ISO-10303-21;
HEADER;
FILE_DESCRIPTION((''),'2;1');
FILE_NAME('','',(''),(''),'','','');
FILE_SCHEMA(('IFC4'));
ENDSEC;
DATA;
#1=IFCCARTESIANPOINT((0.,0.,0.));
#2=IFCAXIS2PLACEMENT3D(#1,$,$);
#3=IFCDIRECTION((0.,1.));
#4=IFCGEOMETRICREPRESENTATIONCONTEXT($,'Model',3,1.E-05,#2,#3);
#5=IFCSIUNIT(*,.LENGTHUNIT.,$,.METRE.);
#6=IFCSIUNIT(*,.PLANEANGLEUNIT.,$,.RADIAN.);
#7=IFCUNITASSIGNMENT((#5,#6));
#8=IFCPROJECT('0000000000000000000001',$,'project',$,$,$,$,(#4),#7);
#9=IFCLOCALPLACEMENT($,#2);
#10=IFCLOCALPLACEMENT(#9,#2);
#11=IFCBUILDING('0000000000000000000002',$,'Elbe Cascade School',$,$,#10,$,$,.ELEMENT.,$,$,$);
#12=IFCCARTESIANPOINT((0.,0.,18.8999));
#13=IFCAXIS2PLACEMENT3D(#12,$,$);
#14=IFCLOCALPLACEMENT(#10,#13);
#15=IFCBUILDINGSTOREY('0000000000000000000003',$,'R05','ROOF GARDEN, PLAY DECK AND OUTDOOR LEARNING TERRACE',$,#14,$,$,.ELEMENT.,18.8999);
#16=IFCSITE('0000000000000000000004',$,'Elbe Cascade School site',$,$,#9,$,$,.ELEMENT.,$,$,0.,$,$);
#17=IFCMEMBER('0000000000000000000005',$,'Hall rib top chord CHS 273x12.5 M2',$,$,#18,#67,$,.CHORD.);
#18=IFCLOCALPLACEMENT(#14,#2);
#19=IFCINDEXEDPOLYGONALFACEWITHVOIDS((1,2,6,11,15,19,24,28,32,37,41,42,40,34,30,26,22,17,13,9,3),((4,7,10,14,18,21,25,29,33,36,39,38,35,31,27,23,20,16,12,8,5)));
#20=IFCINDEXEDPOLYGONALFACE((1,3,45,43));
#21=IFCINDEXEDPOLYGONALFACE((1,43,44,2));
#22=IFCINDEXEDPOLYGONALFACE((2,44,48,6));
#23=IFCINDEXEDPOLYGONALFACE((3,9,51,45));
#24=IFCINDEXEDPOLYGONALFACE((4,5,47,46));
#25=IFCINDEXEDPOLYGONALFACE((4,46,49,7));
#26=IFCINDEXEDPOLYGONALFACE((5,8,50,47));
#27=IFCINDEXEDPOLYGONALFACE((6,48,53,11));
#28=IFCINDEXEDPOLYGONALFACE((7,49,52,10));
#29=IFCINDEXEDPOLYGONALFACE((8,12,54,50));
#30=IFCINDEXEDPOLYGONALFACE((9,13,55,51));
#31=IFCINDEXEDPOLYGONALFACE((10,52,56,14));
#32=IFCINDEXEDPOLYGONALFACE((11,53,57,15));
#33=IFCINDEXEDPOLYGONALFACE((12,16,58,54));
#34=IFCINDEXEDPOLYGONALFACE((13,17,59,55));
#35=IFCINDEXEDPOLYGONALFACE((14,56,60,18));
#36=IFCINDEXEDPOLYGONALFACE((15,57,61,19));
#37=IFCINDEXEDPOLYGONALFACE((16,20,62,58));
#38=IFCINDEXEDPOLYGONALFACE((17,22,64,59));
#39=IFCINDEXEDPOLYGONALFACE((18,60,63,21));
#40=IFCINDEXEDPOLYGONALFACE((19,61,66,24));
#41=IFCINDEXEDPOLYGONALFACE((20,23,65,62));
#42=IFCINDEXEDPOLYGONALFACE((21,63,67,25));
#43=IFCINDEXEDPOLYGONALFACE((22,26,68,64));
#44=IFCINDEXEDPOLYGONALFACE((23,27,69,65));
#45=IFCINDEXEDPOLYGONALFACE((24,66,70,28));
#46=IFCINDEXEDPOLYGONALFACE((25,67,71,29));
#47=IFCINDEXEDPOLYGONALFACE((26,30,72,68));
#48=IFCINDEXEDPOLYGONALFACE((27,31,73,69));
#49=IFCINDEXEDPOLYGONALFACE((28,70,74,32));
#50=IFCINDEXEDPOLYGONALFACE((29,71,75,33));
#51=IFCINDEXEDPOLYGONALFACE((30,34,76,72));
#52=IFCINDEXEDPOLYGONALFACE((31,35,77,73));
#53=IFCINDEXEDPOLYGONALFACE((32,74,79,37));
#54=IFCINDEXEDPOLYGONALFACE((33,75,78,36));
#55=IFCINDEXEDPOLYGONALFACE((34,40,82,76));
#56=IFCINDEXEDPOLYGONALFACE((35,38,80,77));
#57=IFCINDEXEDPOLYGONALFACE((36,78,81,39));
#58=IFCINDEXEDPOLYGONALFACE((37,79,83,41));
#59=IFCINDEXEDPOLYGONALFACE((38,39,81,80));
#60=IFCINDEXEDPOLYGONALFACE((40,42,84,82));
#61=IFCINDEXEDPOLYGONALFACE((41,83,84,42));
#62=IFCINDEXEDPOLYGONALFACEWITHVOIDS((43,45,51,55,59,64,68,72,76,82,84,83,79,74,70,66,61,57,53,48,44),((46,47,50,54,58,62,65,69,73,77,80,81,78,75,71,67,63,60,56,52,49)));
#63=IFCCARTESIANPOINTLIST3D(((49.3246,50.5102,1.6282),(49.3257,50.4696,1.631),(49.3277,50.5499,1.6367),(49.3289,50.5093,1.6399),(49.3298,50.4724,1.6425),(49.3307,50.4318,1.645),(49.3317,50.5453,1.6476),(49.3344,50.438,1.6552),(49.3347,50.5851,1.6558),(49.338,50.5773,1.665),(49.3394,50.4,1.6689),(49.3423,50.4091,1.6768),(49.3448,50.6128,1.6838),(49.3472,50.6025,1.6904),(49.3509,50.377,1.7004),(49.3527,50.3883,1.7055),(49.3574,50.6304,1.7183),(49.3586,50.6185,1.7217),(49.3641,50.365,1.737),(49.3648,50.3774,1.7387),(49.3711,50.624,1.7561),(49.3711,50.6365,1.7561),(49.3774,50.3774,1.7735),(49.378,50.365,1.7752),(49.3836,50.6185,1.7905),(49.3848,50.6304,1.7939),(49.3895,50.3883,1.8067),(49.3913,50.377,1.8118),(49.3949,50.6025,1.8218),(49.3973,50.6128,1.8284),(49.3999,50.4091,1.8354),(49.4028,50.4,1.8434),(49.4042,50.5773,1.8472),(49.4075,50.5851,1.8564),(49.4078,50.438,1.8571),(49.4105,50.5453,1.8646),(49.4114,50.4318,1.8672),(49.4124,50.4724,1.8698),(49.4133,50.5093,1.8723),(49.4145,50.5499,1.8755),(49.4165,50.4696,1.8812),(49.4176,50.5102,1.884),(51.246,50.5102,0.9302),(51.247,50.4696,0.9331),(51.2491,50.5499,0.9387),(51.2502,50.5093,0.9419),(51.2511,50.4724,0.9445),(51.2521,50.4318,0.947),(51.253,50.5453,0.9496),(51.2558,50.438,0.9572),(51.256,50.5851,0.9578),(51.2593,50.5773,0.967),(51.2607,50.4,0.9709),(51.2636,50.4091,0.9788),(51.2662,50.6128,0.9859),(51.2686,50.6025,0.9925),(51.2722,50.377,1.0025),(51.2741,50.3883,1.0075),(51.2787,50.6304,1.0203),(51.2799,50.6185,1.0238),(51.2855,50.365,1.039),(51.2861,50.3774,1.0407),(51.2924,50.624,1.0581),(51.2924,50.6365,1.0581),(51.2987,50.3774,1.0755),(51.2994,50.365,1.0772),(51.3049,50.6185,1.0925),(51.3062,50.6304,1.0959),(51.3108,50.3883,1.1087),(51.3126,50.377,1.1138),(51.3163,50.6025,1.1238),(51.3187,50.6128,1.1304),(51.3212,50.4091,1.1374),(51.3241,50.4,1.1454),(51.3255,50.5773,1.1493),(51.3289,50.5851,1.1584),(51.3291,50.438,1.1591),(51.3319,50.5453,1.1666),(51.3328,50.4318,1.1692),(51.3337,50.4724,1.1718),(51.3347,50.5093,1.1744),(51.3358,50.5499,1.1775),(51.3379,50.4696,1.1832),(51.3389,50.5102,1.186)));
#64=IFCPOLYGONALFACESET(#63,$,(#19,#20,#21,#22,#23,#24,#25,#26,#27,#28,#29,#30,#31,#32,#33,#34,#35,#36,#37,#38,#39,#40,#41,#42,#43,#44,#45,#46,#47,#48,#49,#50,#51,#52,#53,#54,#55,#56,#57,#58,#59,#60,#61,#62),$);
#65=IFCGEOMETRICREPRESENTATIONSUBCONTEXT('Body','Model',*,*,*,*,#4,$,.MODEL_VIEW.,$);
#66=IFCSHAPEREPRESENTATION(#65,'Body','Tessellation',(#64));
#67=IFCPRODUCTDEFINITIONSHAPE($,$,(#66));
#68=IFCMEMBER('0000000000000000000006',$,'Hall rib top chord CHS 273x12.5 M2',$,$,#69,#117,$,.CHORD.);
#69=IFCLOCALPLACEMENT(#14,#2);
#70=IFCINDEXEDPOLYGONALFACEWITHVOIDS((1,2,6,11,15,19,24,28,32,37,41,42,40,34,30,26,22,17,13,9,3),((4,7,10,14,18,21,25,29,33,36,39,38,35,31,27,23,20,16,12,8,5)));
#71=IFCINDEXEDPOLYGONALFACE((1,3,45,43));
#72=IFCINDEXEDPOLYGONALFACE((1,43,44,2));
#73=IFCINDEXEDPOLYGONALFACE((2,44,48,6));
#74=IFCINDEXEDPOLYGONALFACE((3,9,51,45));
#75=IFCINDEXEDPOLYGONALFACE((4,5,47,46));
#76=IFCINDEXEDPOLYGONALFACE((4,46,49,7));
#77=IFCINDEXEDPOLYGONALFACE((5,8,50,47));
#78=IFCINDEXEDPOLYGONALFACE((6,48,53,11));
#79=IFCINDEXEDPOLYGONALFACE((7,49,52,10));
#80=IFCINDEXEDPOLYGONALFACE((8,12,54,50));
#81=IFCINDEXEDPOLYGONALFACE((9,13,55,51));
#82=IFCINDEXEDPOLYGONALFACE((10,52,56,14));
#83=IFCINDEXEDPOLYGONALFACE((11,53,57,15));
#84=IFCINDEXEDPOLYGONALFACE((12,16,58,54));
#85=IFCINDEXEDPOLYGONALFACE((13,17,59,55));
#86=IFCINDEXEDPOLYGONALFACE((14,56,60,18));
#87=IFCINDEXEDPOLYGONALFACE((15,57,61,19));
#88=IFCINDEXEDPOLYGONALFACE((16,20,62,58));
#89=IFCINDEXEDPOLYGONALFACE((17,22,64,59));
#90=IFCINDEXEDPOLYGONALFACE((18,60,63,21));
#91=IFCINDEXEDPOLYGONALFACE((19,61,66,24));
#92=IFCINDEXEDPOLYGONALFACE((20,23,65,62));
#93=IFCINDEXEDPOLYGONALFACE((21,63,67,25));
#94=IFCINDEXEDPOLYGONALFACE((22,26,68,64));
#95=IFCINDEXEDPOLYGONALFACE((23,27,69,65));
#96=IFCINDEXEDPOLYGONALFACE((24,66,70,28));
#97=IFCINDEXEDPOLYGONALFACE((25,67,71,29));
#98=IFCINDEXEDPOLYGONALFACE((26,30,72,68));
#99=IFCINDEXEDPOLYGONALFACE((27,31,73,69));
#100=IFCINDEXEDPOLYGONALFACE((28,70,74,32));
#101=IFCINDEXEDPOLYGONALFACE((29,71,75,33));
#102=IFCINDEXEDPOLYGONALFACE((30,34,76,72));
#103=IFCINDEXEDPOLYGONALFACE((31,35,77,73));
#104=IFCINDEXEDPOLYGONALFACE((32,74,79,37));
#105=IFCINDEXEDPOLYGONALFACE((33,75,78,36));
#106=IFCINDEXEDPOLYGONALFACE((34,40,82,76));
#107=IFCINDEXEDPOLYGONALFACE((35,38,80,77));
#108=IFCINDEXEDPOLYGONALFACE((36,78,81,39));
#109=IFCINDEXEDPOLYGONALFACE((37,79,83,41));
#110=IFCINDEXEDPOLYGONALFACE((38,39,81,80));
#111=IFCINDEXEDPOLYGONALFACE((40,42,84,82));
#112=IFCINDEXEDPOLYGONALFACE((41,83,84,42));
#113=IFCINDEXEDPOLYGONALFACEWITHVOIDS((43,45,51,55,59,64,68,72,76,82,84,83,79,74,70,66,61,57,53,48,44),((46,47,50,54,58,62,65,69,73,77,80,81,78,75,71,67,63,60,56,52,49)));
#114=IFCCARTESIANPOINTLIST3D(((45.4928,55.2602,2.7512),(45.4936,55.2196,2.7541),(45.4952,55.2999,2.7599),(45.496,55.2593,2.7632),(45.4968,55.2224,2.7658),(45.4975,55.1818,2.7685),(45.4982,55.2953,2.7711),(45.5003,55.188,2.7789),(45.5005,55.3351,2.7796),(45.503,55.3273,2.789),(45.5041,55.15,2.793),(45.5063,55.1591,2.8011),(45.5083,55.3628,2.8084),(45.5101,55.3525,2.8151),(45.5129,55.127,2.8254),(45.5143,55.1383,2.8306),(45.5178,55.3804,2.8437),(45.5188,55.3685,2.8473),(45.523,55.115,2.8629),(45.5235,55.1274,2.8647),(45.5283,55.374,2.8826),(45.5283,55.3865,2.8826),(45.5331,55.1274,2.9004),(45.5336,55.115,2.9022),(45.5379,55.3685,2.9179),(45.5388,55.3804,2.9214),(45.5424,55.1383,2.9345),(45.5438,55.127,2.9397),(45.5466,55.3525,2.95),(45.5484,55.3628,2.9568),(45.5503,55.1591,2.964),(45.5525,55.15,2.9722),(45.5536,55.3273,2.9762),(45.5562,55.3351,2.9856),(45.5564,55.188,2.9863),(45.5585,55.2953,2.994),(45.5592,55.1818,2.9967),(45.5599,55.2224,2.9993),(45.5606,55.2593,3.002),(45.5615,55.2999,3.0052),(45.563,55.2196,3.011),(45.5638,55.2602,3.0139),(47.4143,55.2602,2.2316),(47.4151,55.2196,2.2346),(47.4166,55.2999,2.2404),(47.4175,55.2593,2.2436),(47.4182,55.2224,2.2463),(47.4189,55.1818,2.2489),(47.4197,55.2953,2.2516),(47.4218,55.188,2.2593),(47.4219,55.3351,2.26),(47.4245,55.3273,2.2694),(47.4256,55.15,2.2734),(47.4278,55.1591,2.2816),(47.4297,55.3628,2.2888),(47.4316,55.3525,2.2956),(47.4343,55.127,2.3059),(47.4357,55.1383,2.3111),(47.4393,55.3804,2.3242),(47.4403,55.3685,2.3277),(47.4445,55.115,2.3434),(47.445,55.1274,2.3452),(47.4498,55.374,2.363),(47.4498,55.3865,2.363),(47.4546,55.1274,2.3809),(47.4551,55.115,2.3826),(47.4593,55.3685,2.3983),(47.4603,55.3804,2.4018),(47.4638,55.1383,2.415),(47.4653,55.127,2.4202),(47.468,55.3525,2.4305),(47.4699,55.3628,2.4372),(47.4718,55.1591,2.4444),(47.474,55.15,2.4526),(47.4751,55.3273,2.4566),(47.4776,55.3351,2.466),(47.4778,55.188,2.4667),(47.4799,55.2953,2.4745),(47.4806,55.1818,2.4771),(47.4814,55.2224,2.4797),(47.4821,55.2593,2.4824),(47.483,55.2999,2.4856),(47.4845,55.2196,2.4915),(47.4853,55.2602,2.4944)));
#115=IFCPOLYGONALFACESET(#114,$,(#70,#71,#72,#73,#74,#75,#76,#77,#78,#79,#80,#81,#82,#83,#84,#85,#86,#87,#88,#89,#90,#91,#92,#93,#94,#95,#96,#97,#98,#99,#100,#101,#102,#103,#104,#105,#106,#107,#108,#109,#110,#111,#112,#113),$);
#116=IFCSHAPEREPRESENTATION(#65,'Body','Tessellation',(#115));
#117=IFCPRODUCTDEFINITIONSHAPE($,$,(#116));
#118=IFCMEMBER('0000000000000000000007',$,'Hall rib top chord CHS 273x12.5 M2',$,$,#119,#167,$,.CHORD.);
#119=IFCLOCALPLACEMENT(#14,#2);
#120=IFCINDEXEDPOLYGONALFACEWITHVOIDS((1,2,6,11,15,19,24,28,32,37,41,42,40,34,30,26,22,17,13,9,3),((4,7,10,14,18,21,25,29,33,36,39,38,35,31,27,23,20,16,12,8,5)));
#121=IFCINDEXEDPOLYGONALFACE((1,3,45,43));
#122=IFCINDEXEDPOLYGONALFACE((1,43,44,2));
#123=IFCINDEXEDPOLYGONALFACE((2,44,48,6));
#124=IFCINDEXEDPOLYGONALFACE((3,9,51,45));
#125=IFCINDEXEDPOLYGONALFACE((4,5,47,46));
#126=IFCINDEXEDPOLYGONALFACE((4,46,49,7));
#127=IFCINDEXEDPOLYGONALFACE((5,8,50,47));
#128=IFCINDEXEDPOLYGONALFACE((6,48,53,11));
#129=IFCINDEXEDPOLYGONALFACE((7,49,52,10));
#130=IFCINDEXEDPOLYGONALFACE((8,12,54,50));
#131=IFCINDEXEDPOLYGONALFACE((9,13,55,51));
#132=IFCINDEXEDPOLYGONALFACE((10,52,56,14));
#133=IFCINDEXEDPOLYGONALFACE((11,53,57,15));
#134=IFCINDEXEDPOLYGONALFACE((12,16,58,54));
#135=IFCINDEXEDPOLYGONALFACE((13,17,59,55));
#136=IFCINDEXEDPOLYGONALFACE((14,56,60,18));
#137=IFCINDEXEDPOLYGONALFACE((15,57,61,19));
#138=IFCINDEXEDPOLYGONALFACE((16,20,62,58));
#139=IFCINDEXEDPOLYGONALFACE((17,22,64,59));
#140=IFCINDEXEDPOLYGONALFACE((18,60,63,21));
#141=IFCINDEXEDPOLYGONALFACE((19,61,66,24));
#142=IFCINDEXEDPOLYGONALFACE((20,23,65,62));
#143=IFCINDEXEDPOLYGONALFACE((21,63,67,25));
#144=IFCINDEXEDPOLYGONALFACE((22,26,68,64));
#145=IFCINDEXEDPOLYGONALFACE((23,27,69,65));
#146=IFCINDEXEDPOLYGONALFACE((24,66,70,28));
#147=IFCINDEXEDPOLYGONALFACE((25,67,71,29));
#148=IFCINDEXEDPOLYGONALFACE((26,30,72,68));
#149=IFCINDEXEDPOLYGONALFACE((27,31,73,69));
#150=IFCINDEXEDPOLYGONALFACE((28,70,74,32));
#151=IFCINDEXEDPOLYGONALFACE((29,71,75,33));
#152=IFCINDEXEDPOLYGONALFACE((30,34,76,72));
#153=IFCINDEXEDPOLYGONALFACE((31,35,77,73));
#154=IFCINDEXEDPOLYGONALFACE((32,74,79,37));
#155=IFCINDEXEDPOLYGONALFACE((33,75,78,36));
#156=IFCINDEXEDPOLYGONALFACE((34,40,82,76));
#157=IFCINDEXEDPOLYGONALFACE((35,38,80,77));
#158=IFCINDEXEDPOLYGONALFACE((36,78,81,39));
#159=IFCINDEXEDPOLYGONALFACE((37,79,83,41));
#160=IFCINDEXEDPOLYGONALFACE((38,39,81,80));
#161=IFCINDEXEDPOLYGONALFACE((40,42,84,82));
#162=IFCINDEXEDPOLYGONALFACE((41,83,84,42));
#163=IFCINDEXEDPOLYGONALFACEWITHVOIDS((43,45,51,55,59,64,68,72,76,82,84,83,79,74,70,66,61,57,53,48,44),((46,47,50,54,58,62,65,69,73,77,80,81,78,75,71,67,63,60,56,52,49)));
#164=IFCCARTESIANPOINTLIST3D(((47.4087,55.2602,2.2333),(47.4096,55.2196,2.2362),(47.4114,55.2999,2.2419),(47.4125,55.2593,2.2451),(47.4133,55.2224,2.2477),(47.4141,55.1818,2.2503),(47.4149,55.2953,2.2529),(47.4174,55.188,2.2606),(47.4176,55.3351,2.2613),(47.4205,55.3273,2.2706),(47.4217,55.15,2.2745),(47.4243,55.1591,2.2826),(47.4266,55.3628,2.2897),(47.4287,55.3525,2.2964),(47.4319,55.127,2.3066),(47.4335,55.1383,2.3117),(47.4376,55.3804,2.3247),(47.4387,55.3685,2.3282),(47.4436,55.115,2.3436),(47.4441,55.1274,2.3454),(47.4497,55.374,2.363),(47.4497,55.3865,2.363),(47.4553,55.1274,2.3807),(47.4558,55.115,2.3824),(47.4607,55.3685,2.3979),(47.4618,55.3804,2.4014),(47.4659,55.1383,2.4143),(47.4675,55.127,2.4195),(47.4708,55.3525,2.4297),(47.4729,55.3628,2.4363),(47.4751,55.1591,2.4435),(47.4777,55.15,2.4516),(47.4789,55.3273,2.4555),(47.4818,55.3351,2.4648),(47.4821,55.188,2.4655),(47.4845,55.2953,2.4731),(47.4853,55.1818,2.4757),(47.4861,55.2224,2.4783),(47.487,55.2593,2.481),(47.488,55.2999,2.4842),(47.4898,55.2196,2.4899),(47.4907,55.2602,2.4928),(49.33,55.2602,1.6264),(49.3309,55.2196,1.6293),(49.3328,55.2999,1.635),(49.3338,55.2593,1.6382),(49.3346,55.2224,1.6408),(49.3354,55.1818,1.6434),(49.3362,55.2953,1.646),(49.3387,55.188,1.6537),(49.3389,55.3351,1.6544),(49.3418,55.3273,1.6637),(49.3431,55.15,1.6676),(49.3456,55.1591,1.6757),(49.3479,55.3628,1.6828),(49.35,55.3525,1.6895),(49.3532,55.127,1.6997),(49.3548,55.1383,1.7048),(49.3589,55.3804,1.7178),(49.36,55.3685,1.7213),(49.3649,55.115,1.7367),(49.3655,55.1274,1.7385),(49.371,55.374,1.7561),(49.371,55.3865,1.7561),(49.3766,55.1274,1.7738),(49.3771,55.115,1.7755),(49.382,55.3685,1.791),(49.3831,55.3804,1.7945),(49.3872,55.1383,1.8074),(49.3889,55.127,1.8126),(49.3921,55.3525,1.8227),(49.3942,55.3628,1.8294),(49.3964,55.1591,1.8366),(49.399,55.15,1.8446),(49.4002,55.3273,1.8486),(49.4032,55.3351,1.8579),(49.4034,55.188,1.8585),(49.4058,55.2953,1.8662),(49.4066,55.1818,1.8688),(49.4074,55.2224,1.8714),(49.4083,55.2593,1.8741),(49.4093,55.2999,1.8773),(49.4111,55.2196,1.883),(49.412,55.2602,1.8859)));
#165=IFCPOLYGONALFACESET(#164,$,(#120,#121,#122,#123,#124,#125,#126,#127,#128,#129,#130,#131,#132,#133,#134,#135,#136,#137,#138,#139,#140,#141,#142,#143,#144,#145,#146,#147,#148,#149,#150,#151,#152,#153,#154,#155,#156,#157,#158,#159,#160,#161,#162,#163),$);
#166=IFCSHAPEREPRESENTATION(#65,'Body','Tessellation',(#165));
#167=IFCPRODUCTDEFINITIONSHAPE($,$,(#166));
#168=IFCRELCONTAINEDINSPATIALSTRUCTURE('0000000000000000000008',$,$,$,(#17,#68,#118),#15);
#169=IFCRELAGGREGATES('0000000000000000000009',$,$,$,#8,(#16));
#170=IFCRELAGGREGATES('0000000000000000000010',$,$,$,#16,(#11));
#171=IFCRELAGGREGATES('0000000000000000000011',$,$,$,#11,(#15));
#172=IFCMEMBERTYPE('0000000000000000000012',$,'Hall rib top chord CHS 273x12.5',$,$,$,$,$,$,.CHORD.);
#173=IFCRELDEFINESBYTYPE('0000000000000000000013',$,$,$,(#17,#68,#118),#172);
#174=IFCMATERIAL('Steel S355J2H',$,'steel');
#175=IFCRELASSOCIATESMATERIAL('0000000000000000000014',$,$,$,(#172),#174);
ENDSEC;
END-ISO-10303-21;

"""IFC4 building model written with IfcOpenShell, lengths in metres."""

from ifc_helpers import new_model, si_unit, direction, frame, origin, origin_2d, place, context, subcontext, project, spatial, hollow_circle, extrude, material, material_profile, profile_set, type_object, element, save


model = new_model("IFC4")

# Units and contexts
model_context = context("Model", 3, precision=1e-05, world=origin(), true_north=direction((0.0, 1.0)))
body_context = subcontext(model_context, "Body", "Model", "MODEL_VIEW")
ifc_project = project(units=[si_unit("LENGTHUNIT", "METRE"), si_unit("PLANEANGLEUNIT", "RADIAN")], contexts=[model_context])

# Site, building, storey
site_placement = place(None, origin())
site = spatial("IfcSite", under=ifc_project, at=site_placement, Name="Elbe Cascade School site", CompositionType="ELEMENT", RefElevation=0.0)
building_placement = place(site_placement, origin())
building = spatial("IfcBuilding", under=site, at=building_placement, Name="Elbe Cascade School", CompositionType="ELEMENT")
storey_placement = place(building_placement, frame((0.0, 0.0, 18.8999)))
storey = spatial("IfcBuildingStorey", under=building, at=storey_placement, Name="R05", Description="ROOF GARDEN, PLAY DECK AND OUTDOOR LEARNING TERRACE", CompositionType="ELEMENT", Elevation=18.8999)

# Members
ifc_material_1 = material(Name="Steel S355J2H", Category="steel")
ifc_material_profile_1 = material_profile(ifc_material_1, hollow_circle(Radius=0.1365, WallThickness=0.0125, at=origin_2d()), Name="CHS 273x12.5")
ifc_profile_set_1 = profile_set([ifc_material_profile_1], Name="Steel S355J2H")
member_type_1 = type_object("IfcMemberType", Name="Hall rib top chord CHS 273x12.5", PredefinedType="CHORD", material=ifc_profile_set_1)
member_1_placement = place(storey_placement, frame((49.3711, 50.5, 1.7561), z_axis=(0.939901, 0.0, -0.341446), x_axis=(0.0, 1.0, 0.0)))
element("IfcMember", 1, at=member_1_placement, inside=storey, type_object=member_type_1, Name="Hall rib top chord CHS 273x12.5 M2", PredefinedType="CHORD", context=body_context, shape_type="SweptSolid", body=[
    extrude(hollow_circle(Radius=0.1365, WallThickness=0.0125, at=origin_2d()), origin(), (0.0, 0.0, 1.0), 2.0442),
])
member_2_placement = place(storey_placement, frame((45.5283, 55.25, 2.8826), z_axis=(0.965333, 0.0, -0.26102), x_axis=(0.0, 1.0, 0.0)))
element("IfcMember", 2, at=member_2_placement, inside=storey, type_object=member_type_1, Name="Hall rib top chord CHS 273x12.5 M2", PredefinedType="CHORD", context=body_context, shape_type="SweptSolid", body=[
    extrude(hollow_circle(Radius=0.1365, WallThickness=0.0125, at=origin_2d()), origin(), (0.0, 0.0, 1.0), 1.9905),
])
member_3_placement = place(storey_placement, frame((47.4497, 55.25, 2.363), z_axis=(0.953557, 0.0, -0.301213), x_axis=(0.0, 1.0, 0.0)))
element("IfcMember", 3, at=member_3_placement, inside=storey, type_object=member_type_1, Name="Hall rib top chord CHS 273x12.5 M2", PredefinedType="CHORD", context=body_context, shape_type="SweptSolid", body=[
    extrude(hollow_circle(Radius=0.1365, WallThickness=0.0125, at=origin_2d()), origin(), (0.0, 0.0, 1.0), 2.0149),
])

save(model, "model.ifc")
